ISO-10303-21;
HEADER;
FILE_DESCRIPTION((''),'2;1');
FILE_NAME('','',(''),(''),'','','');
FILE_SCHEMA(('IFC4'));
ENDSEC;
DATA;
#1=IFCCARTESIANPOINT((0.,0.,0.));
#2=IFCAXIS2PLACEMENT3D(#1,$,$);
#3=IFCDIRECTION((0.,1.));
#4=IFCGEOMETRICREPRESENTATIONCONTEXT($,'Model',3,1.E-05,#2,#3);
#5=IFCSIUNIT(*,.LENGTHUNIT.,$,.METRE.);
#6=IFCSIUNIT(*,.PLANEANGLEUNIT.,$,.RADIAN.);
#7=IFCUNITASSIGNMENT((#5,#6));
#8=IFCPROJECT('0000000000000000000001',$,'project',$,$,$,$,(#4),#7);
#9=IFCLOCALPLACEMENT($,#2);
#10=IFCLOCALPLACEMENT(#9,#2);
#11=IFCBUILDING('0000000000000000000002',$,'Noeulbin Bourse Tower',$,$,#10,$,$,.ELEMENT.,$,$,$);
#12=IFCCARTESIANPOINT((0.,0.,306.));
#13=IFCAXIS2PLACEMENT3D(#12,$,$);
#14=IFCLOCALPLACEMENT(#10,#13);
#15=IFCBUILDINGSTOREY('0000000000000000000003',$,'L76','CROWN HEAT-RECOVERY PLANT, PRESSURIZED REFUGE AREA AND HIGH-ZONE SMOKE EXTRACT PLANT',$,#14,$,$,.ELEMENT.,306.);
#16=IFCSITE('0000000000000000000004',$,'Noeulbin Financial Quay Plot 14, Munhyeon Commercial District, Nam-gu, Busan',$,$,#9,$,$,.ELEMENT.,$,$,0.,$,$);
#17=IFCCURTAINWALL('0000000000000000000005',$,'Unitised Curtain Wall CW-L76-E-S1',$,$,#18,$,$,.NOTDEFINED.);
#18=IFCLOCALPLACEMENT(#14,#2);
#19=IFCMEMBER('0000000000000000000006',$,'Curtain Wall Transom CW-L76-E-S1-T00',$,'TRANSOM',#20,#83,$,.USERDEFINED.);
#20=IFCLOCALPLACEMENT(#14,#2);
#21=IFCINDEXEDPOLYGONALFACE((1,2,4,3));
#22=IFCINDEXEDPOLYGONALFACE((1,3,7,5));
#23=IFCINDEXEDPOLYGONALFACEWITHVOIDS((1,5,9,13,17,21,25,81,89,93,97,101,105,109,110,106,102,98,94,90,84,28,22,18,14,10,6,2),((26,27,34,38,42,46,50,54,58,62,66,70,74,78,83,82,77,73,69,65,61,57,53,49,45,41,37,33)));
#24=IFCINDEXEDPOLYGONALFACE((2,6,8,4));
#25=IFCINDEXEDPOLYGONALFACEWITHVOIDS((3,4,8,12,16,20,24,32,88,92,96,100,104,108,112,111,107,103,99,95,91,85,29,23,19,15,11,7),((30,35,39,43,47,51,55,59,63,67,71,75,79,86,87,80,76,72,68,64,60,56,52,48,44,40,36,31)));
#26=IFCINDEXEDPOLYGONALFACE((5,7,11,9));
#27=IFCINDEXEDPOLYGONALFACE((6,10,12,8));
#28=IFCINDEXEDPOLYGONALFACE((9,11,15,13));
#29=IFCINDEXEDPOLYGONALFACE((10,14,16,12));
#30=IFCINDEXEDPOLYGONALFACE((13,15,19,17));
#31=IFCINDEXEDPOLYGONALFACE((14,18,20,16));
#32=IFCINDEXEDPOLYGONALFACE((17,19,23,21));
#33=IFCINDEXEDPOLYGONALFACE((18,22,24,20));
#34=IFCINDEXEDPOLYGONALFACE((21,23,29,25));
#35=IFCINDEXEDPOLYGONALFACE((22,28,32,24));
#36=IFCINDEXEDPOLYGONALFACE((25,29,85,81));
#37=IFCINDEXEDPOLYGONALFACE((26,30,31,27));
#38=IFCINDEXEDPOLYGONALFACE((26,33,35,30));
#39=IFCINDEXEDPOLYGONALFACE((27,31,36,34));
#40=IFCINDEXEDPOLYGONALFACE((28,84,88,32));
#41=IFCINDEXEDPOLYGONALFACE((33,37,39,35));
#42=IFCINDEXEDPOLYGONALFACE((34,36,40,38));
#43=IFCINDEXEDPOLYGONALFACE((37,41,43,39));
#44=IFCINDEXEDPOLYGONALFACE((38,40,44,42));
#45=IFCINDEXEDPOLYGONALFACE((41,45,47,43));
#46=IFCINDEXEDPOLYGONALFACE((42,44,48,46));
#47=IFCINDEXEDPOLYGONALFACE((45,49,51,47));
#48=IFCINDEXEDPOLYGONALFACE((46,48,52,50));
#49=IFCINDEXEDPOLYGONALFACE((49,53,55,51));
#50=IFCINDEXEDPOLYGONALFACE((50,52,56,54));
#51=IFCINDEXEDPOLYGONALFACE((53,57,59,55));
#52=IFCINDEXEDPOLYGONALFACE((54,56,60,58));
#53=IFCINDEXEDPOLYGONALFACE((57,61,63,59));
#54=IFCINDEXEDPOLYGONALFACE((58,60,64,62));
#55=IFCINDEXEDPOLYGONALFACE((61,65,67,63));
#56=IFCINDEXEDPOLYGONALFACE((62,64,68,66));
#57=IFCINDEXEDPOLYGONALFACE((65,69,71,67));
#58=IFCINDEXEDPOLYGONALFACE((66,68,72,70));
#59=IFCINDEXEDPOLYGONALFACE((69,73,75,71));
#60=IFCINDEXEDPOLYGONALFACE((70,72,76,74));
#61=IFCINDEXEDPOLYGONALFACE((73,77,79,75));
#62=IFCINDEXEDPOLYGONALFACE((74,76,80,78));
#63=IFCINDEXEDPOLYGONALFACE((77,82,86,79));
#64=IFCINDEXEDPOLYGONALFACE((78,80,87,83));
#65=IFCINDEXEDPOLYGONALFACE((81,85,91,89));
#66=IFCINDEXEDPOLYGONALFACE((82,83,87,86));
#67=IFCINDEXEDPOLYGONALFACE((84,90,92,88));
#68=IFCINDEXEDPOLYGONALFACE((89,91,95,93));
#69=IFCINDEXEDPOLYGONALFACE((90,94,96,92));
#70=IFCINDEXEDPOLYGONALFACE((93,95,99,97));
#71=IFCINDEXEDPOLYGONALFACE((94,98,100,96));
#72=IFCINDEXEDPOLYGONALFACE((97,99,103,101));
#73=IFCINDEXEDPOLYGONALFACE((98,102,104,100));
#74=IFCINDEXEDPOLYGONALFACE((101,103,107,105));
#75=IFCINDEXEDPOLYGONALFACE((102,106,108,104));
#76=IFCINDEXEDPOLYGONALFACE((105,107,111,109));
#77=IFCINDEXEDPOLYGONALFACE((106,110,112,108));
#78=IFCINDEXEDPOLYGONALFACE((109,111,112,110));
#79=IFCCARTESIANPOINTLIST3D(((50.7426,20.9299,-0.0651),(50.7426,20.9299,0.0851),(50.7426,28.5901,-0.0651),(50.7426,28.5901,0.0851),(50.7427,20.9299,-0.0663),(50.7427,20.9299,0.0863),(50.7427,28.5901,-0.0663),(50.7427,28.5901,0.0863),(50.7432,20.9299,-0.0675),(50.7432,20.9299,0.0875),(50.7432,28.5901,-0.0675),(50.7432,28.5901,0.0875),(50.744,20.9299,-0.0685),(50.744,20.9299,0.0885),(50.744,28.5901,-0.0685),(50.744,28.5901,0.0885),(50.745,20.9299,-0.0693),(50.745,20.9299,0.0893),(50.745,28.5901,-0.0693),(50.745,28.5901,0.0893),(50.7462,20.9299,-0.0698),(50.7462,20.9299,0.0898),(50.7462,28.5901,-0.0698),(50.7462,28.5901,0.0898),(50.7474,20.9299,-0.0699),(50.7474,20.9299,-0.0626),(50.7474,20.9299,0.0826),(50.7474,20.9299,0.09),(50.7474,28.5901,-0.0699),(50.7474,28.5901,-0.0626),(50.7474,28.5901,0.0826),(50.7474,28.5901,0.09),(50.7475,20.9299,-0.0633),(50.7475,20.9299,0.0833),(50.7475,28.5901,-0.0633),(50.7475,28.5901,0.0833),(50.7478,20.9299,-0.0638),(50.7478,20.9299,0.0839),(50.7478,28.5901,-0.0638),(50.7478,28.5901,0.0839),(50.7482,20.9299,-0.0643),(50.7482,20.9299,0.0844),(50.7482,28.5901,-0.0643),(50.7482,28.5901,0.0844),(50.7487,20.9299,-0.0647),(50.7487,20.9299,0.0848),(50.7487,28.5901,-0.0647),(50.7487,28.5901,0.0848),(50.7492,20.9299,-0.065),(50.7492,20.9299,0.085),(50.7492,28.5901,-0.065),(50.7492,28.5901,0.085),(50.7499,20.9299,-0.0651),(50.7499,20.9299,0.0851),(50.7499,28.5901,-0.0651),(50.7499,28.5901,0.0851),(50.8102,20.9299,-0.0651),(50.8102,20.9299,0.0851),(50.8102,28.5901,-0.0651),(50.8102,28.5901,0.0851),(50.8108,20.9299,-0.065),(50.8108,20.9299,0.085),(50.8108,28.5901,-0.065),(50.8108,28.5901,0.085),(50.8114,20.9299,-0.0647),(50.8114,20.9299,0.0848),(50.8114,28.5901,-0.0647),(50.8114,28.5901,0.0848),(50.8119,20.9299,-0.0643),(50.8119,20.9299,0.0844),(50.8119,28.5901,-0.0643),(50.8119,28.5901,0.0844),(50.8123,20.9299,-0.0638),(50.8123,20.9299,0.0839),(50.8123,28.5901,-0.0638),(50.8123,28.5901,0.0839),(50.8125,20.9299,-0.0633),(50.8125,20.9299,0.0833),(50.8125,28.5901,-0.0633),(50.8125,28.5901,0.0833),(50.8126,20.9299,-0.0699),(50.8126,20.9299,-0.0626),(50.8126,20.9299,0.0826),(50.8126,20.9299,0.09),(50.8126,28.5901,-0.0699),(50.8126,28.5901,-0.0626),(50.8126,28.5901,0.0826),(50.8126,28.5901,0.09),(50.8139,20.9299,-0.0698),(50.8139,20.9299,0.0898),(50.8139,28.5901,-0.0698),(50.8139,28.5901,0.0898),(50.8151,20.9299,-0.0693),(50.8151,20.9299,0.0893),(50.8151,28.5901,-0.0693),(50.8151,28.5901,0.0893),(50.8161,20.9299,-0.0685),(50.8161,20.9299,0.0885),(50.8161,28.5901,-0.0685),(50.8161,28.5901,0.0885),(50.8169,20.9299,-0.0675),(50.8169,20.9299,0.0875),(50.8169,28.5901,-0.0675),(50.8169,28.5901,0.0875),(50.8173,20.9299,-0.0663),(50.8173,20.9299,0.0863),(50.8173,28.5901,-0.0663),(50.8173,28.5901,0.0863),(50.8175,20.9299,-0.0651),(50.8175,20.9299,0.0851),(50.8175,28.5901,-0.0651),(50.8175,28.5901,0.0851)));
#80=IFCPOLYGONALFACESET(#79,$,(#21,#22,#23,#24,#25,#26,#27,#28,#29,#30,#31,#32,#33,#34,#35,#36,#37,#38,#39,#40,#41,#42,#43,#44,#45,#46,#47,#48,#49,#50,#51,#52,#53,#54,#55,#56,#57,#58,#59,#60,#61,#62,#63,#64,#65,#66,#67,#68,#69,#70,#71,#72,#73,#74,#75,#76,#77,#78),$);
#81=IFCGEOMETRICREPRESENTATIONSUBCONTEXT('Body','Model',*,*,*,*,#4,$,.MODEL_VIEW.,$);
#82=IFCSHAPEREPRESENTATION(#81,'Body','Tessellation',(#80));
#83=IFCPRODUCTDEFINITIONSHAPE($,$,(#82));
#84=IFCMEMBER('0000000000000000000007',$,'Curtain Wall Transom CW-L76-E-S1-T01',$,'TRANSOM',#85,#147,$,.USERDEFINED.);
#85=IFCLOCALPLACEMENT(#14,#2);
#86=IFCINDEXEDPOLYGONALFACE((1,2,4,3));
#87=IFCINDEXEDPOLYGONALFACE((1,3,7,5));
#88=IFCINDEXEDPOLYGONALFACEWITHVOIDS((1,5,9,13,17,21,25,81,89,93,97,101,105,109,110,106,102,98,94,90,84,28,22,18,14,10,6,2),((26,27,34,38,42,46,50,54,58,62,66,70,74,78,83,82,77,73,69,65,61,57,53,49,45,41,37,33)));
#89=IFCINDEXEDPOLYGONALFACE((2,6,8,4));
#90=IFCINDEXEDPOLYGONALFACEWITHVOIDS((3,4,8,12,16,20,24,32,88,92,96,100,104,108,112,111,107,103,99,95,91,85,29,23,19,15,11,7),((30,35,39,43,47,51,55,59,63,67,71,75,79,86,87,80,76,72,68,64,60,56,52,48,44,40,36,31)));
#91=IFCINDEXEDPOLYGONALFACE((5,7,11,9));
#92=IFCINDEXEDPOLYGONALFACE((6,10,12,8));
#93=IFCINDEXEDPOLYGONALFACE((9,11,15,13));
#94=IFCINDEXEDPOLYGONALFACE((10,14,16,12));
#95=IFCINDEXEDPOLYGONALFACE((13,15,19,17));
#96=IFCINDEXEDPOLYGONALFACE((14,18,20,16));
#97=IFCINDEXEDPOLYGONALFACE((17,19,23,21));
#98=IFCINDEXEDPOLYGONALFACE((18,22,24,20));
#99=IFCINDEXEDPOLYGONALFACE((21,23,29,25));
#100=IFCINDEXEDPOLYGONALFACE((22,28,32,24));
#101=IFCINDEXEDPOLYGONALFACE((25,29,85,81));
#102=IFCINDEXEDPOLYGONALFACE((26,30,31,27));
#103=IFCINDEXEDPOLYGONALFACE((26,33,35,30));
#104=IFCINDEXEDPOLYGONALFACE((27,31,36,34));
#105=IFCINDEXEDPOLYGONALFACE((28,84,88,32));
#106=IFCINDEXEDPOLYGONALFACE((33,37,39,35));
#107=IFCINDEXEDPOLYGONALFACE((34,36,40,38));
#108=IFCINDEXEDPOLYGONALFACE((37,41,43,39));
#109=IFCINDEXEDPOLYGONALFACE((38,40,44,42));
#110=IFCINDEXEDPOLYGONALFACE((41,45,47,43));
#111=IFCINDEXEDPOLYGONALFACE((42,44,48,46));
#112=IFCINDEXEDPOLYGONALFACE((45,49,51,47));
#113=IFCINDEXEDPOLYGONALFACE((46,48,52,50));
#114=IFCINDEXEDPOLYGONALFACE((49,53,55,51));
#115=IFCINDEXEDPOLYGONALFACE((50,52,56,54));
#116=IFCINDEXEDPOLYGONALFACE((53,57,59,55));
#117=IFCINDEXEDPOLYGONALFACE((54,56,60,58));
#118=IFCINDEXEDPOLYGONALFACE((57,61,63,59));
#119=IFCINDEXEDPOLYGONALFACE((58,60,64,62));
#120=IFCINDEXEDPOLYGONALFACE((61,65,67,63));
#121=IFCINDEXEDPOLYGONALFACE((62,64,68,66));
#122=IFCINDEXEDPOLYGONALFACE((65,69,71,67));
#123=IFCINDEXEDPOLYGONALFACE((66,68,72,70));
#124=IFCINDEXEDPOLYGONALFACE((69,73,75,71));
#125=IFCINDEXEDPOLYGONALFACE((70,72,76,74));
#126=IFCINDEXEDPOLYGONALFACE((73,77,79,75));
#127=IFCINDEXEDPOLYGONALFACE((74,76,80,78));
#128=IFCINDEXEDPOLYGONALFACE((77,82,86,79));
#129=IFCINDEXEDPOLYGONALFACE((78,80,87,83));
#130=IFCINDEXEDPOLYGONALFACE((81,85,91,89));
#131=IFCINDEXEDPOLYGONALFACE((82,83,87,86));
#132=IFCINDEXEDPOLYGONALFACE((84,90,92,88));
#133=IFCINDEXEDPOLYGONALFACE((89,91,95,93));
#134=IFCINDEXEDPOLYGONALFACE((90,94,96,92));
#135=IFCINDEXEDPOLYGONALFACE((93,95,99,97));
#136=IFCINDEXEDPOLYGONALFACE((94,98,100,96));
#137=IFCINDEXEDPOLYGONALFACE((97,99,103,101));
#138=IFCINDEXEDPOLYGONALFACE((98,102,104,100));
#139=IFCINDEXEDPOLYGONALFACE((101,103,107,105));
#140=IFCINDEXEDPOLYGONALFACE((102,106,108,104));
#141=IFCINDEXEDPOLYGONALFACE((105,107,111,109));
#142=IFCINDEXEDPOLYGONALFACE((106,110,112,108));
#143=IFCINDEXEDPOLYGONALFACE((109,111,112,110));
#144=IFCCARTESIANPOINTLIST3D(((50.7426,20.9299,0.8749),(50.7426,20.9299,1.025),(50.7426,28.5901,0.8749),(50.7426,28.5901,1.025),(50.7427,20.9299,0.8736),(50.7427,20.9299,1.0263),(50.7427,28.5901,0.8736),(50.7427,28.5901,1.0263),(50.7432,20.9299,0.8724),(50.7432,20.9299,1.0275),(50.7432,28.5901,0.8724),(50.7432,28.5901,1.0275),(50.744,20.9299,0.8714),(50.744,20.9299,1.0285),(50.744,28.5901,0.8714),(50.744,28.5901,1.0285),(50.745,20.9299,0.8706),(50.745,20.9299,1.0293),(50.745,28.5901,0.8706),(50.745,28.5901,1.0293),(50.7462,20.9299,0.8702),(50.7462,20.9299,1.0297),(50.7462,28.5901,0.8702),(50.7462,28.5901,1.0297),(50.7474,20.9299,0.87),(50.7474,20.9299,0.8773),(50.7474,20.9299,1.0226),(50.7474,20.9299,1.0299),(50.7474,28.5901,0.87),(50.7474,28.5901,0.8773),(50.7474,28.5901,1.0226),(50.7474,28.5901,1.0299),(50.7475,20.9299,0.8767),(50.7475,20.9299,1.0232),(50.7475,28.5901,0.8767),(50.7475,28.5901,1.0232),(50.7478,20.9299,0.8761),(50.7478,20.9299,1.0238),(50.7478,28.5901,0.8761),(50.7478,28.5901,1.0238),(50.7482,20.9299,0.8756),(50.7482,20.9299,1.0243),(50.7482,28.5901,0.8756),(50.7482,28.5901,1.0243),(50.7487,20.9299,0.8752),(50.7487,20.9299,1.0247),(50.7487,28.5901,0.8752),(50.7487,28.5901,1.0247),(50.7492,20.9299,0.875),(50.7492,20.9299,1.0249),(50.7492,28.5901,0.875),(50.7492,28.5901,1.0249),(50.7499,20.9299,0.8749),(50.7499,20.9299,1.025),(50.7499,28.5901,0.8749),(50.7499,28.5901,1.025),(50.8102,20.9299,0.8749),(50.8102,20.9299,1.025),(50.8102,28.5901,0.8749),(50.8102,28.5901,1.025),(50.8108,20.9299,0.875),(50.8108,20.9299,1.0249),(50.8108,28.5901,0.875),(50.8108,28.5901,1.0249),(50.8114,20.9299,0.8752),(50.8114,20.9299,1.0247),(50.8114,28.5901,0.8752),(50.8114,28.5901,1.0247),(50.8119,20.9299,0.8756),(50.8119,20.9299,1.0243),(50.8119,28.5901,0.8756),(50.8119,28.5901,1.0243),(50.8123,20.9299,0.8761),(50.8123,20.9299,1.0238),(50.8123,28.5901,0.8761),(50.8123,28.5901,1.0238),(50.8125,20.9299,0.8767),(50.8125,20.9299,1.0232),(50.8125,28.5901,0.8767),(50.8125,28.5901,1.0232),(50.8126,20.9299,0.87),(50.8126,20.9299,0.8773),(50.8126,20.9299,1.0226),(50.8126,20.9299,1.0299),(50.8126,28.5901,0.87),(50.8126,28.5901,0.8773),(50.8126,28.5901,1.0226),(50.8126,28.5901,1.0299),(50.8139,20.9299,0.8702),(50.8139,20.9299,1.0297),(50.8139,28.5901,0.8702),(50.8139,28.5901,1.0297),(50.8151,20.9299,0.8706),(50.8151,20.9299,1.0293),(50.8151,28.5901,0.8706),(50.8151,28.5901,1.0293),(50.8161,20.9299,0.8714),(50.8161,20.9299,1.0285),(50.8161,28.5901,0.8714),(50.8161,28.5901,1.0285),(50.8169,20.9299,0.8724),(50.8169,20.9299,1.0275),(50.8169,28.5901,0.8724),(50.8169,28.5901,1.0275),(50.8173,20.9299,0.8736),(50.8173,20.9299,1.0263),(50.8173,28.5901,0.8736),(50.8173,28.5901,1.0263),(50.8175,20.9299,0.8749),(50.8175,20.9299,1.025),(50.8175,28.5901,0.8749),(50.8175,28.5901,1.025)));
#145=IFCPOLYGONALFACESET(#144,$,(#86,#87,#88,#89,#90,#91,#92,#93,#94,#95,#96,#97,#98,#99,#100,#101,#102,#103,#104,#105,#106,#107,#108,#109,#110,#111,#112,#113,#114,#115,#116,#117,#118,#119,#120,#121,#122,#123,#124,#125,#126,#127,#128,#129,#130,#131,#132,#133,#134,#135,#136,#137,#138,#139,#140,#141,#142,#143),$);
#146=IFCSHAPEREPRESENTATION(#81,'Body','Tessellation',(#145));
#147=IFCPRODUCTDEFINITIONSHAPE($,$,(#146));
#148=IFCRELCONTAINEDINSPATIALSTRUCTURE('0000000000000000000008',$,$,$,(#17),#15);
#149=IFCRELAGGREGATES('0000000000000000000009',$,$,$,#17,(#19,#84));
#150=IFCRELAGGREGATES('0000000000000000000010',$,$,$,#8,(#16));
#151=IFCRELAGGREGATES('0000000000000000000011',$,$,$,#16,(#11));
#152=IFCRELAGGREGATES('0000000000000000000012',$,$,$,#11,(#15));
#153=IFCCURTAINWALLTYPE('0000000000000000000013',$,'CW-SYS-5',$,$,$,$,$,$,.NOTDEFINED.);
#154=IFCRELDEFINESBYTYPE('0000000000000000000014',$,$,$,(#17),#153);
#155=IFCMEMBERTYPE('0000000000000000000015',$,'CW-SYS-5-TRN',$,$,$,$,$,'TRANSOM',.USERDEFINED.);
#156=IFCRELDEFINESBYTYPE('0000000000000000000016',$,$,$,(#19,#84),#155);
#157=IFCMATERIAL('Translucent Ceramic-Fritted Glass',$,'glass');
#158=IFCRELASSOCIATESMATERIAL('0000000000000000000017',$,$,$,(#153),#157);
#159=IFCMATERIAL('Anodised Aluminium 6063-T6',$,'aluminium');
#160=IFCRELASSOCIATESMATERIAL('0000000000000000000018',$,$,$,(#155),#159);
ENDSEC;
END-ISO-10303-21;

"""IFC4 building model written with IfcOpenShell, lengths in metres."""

from ifc_helpers import new_model, si_unit, direction, frame, origin, origin_2d, place, context, subcontext, project, spatial, hollow_rectangle, extrude, material, material_profile, profile_set, type_object, element, aggregate, save


model = new_model("IFC4")

# Units and contexts
model_context = context("Model", 3, precision=1e-05, world=origin(), true_north=direction((0.0, 1.0)))
body_context = subcontext(model_context, "Body", "Model", "MODEL_VIEW")
ifc_project = project(units=[si_unit("LENGTHUNIT", "METRE"), si_unit("PLANEANGLEUNIT", "RADIAN")], contexts=[model_context])

# Site, building, storey
site_placement = place(None, origin())
site = spatial("IfcSite", under=ifc_project, at=site_placement, Name="Noeulbin Financial Quay Plot 14, Munhyeon Commercial District, Nam-gu, Busan", CompositionType="ELEMENT", RefElevation=0.0)
building_placement = place(site_placement, origin())
building = spatial("IfcBuilding", under=site, at=building_placement, Name="Noeulbin Bourse Tower", CompositionType="ELEMENT")
storey_placement = place(building_placement, frame((0.0, 0.0, 306.0)))
storey = spatial("IfcBuildingStorey", under=building, at=storey_placement, Name="L76", Description="CROWN HEAT-RECOVERY PLANT, PRESSURIZED REFUGE AREA AND HIGH-ZONE SMOKE EXTRACT PLANT", CompositionType="ELEMENT", Elevation=306.0)

# Curtain wall
ifc_material_1 = material(Name="Translucent Ceramic-Fritted Glass", Category="glass")
curtain_wall_type = type_object("IfcCurtainWallType", Name="CW-SYS-5", PredefinedType="NOTDEFINED", material=ifc_material_1)
ifc_material_2 = material(Name="Anodised Aluminium 6063-T6", Category="aluminium")
curtain_wall_1_placement = place(storey_placement, origin())
curtain_wall_1 = element("IfcCurtainWall", 1, at=curtain_wall_1_placement, inside=storey, type_object=curtain_wall_type, Name="Unitised Curtain Wall CW-L76-E-S1", PredefinedType="NOTDEFINED")

# Members
ifc_material_profile_1 = material_profile(ifc_material_2, hollow_rectangle(XDim=0.075, YDim=0.1599, WallThickness=0.0049, InnerFilletRadius=0.0024, OuterFilletRadius=0.0049, at=origin_2d()), Name="ALU-TRAN-75x160x5", Category="LoadBearing")
ifc_profile_set_1 = profile_set([ifc_material_profile_1], Name="Anodised Aluminium 6063-T6")
member_type_1 = type_object("IfcMemberType", Name="CW-SYS-5-TRN", ElementType="TRANSOM", PredefinedType="USERDEFINED", material=ifc_profile_set_1)
member_1_placement = place(storey_placement, frame((50.78, 20.9299, 0.01), z_axis=(0.0, 1.0, 0.0), x_axis=(-1.0, 0.0, 0.0)))
member_1 = element("IfcMember", 2, at=member_1_placement, type_object=member_type_1, Name="Curtain Wall Transom CW-L76-E-S1-T00", ObjectType="TRANSOM", PredefinedType="USERDEFINED", context=body_context, shape_type="SweptSolid", body=[
    extrude(hollow_rectangle(XDim=0.075, YDim=0.1599, WallThickness=0.0049, InnerFilletRadius=0.0024, OuterFilletRadius=0.0049, at=origin_2d()), origin(), (0.0, 0.0, 1.0), 7.6602),
])
member_2_placement = place(storey_placement, frame((50.78, 20.9299, 0.95), z_axis=(0.0, 1.0, 0.0), x_axis=(-1.0, 0.0, 0.0)))
member_2 = element("IfcMember", 3, at=member_2_placement, type_object=member_type_1, Name="Curtain Wall Transom CW-L76-E-S1-T01", ObjectType="TRANSOM", PredefinedType="USERDEFINED", context=body_context, shape_type="SweptSolid", body=[
    extrude(hollow_rectangle(XDim=0.075, YDim=0.1599, WallThickness=0.0049, InnerFilletRadius=0.0024, OuterFilletRadius=0.0049, at=origin_2d()), origin(), (0.0, 0.0, 1.0), 7.6602),
])

aggregate(curtain_wall_1, [member_1, member_2])

save(model, "model.ifc")
